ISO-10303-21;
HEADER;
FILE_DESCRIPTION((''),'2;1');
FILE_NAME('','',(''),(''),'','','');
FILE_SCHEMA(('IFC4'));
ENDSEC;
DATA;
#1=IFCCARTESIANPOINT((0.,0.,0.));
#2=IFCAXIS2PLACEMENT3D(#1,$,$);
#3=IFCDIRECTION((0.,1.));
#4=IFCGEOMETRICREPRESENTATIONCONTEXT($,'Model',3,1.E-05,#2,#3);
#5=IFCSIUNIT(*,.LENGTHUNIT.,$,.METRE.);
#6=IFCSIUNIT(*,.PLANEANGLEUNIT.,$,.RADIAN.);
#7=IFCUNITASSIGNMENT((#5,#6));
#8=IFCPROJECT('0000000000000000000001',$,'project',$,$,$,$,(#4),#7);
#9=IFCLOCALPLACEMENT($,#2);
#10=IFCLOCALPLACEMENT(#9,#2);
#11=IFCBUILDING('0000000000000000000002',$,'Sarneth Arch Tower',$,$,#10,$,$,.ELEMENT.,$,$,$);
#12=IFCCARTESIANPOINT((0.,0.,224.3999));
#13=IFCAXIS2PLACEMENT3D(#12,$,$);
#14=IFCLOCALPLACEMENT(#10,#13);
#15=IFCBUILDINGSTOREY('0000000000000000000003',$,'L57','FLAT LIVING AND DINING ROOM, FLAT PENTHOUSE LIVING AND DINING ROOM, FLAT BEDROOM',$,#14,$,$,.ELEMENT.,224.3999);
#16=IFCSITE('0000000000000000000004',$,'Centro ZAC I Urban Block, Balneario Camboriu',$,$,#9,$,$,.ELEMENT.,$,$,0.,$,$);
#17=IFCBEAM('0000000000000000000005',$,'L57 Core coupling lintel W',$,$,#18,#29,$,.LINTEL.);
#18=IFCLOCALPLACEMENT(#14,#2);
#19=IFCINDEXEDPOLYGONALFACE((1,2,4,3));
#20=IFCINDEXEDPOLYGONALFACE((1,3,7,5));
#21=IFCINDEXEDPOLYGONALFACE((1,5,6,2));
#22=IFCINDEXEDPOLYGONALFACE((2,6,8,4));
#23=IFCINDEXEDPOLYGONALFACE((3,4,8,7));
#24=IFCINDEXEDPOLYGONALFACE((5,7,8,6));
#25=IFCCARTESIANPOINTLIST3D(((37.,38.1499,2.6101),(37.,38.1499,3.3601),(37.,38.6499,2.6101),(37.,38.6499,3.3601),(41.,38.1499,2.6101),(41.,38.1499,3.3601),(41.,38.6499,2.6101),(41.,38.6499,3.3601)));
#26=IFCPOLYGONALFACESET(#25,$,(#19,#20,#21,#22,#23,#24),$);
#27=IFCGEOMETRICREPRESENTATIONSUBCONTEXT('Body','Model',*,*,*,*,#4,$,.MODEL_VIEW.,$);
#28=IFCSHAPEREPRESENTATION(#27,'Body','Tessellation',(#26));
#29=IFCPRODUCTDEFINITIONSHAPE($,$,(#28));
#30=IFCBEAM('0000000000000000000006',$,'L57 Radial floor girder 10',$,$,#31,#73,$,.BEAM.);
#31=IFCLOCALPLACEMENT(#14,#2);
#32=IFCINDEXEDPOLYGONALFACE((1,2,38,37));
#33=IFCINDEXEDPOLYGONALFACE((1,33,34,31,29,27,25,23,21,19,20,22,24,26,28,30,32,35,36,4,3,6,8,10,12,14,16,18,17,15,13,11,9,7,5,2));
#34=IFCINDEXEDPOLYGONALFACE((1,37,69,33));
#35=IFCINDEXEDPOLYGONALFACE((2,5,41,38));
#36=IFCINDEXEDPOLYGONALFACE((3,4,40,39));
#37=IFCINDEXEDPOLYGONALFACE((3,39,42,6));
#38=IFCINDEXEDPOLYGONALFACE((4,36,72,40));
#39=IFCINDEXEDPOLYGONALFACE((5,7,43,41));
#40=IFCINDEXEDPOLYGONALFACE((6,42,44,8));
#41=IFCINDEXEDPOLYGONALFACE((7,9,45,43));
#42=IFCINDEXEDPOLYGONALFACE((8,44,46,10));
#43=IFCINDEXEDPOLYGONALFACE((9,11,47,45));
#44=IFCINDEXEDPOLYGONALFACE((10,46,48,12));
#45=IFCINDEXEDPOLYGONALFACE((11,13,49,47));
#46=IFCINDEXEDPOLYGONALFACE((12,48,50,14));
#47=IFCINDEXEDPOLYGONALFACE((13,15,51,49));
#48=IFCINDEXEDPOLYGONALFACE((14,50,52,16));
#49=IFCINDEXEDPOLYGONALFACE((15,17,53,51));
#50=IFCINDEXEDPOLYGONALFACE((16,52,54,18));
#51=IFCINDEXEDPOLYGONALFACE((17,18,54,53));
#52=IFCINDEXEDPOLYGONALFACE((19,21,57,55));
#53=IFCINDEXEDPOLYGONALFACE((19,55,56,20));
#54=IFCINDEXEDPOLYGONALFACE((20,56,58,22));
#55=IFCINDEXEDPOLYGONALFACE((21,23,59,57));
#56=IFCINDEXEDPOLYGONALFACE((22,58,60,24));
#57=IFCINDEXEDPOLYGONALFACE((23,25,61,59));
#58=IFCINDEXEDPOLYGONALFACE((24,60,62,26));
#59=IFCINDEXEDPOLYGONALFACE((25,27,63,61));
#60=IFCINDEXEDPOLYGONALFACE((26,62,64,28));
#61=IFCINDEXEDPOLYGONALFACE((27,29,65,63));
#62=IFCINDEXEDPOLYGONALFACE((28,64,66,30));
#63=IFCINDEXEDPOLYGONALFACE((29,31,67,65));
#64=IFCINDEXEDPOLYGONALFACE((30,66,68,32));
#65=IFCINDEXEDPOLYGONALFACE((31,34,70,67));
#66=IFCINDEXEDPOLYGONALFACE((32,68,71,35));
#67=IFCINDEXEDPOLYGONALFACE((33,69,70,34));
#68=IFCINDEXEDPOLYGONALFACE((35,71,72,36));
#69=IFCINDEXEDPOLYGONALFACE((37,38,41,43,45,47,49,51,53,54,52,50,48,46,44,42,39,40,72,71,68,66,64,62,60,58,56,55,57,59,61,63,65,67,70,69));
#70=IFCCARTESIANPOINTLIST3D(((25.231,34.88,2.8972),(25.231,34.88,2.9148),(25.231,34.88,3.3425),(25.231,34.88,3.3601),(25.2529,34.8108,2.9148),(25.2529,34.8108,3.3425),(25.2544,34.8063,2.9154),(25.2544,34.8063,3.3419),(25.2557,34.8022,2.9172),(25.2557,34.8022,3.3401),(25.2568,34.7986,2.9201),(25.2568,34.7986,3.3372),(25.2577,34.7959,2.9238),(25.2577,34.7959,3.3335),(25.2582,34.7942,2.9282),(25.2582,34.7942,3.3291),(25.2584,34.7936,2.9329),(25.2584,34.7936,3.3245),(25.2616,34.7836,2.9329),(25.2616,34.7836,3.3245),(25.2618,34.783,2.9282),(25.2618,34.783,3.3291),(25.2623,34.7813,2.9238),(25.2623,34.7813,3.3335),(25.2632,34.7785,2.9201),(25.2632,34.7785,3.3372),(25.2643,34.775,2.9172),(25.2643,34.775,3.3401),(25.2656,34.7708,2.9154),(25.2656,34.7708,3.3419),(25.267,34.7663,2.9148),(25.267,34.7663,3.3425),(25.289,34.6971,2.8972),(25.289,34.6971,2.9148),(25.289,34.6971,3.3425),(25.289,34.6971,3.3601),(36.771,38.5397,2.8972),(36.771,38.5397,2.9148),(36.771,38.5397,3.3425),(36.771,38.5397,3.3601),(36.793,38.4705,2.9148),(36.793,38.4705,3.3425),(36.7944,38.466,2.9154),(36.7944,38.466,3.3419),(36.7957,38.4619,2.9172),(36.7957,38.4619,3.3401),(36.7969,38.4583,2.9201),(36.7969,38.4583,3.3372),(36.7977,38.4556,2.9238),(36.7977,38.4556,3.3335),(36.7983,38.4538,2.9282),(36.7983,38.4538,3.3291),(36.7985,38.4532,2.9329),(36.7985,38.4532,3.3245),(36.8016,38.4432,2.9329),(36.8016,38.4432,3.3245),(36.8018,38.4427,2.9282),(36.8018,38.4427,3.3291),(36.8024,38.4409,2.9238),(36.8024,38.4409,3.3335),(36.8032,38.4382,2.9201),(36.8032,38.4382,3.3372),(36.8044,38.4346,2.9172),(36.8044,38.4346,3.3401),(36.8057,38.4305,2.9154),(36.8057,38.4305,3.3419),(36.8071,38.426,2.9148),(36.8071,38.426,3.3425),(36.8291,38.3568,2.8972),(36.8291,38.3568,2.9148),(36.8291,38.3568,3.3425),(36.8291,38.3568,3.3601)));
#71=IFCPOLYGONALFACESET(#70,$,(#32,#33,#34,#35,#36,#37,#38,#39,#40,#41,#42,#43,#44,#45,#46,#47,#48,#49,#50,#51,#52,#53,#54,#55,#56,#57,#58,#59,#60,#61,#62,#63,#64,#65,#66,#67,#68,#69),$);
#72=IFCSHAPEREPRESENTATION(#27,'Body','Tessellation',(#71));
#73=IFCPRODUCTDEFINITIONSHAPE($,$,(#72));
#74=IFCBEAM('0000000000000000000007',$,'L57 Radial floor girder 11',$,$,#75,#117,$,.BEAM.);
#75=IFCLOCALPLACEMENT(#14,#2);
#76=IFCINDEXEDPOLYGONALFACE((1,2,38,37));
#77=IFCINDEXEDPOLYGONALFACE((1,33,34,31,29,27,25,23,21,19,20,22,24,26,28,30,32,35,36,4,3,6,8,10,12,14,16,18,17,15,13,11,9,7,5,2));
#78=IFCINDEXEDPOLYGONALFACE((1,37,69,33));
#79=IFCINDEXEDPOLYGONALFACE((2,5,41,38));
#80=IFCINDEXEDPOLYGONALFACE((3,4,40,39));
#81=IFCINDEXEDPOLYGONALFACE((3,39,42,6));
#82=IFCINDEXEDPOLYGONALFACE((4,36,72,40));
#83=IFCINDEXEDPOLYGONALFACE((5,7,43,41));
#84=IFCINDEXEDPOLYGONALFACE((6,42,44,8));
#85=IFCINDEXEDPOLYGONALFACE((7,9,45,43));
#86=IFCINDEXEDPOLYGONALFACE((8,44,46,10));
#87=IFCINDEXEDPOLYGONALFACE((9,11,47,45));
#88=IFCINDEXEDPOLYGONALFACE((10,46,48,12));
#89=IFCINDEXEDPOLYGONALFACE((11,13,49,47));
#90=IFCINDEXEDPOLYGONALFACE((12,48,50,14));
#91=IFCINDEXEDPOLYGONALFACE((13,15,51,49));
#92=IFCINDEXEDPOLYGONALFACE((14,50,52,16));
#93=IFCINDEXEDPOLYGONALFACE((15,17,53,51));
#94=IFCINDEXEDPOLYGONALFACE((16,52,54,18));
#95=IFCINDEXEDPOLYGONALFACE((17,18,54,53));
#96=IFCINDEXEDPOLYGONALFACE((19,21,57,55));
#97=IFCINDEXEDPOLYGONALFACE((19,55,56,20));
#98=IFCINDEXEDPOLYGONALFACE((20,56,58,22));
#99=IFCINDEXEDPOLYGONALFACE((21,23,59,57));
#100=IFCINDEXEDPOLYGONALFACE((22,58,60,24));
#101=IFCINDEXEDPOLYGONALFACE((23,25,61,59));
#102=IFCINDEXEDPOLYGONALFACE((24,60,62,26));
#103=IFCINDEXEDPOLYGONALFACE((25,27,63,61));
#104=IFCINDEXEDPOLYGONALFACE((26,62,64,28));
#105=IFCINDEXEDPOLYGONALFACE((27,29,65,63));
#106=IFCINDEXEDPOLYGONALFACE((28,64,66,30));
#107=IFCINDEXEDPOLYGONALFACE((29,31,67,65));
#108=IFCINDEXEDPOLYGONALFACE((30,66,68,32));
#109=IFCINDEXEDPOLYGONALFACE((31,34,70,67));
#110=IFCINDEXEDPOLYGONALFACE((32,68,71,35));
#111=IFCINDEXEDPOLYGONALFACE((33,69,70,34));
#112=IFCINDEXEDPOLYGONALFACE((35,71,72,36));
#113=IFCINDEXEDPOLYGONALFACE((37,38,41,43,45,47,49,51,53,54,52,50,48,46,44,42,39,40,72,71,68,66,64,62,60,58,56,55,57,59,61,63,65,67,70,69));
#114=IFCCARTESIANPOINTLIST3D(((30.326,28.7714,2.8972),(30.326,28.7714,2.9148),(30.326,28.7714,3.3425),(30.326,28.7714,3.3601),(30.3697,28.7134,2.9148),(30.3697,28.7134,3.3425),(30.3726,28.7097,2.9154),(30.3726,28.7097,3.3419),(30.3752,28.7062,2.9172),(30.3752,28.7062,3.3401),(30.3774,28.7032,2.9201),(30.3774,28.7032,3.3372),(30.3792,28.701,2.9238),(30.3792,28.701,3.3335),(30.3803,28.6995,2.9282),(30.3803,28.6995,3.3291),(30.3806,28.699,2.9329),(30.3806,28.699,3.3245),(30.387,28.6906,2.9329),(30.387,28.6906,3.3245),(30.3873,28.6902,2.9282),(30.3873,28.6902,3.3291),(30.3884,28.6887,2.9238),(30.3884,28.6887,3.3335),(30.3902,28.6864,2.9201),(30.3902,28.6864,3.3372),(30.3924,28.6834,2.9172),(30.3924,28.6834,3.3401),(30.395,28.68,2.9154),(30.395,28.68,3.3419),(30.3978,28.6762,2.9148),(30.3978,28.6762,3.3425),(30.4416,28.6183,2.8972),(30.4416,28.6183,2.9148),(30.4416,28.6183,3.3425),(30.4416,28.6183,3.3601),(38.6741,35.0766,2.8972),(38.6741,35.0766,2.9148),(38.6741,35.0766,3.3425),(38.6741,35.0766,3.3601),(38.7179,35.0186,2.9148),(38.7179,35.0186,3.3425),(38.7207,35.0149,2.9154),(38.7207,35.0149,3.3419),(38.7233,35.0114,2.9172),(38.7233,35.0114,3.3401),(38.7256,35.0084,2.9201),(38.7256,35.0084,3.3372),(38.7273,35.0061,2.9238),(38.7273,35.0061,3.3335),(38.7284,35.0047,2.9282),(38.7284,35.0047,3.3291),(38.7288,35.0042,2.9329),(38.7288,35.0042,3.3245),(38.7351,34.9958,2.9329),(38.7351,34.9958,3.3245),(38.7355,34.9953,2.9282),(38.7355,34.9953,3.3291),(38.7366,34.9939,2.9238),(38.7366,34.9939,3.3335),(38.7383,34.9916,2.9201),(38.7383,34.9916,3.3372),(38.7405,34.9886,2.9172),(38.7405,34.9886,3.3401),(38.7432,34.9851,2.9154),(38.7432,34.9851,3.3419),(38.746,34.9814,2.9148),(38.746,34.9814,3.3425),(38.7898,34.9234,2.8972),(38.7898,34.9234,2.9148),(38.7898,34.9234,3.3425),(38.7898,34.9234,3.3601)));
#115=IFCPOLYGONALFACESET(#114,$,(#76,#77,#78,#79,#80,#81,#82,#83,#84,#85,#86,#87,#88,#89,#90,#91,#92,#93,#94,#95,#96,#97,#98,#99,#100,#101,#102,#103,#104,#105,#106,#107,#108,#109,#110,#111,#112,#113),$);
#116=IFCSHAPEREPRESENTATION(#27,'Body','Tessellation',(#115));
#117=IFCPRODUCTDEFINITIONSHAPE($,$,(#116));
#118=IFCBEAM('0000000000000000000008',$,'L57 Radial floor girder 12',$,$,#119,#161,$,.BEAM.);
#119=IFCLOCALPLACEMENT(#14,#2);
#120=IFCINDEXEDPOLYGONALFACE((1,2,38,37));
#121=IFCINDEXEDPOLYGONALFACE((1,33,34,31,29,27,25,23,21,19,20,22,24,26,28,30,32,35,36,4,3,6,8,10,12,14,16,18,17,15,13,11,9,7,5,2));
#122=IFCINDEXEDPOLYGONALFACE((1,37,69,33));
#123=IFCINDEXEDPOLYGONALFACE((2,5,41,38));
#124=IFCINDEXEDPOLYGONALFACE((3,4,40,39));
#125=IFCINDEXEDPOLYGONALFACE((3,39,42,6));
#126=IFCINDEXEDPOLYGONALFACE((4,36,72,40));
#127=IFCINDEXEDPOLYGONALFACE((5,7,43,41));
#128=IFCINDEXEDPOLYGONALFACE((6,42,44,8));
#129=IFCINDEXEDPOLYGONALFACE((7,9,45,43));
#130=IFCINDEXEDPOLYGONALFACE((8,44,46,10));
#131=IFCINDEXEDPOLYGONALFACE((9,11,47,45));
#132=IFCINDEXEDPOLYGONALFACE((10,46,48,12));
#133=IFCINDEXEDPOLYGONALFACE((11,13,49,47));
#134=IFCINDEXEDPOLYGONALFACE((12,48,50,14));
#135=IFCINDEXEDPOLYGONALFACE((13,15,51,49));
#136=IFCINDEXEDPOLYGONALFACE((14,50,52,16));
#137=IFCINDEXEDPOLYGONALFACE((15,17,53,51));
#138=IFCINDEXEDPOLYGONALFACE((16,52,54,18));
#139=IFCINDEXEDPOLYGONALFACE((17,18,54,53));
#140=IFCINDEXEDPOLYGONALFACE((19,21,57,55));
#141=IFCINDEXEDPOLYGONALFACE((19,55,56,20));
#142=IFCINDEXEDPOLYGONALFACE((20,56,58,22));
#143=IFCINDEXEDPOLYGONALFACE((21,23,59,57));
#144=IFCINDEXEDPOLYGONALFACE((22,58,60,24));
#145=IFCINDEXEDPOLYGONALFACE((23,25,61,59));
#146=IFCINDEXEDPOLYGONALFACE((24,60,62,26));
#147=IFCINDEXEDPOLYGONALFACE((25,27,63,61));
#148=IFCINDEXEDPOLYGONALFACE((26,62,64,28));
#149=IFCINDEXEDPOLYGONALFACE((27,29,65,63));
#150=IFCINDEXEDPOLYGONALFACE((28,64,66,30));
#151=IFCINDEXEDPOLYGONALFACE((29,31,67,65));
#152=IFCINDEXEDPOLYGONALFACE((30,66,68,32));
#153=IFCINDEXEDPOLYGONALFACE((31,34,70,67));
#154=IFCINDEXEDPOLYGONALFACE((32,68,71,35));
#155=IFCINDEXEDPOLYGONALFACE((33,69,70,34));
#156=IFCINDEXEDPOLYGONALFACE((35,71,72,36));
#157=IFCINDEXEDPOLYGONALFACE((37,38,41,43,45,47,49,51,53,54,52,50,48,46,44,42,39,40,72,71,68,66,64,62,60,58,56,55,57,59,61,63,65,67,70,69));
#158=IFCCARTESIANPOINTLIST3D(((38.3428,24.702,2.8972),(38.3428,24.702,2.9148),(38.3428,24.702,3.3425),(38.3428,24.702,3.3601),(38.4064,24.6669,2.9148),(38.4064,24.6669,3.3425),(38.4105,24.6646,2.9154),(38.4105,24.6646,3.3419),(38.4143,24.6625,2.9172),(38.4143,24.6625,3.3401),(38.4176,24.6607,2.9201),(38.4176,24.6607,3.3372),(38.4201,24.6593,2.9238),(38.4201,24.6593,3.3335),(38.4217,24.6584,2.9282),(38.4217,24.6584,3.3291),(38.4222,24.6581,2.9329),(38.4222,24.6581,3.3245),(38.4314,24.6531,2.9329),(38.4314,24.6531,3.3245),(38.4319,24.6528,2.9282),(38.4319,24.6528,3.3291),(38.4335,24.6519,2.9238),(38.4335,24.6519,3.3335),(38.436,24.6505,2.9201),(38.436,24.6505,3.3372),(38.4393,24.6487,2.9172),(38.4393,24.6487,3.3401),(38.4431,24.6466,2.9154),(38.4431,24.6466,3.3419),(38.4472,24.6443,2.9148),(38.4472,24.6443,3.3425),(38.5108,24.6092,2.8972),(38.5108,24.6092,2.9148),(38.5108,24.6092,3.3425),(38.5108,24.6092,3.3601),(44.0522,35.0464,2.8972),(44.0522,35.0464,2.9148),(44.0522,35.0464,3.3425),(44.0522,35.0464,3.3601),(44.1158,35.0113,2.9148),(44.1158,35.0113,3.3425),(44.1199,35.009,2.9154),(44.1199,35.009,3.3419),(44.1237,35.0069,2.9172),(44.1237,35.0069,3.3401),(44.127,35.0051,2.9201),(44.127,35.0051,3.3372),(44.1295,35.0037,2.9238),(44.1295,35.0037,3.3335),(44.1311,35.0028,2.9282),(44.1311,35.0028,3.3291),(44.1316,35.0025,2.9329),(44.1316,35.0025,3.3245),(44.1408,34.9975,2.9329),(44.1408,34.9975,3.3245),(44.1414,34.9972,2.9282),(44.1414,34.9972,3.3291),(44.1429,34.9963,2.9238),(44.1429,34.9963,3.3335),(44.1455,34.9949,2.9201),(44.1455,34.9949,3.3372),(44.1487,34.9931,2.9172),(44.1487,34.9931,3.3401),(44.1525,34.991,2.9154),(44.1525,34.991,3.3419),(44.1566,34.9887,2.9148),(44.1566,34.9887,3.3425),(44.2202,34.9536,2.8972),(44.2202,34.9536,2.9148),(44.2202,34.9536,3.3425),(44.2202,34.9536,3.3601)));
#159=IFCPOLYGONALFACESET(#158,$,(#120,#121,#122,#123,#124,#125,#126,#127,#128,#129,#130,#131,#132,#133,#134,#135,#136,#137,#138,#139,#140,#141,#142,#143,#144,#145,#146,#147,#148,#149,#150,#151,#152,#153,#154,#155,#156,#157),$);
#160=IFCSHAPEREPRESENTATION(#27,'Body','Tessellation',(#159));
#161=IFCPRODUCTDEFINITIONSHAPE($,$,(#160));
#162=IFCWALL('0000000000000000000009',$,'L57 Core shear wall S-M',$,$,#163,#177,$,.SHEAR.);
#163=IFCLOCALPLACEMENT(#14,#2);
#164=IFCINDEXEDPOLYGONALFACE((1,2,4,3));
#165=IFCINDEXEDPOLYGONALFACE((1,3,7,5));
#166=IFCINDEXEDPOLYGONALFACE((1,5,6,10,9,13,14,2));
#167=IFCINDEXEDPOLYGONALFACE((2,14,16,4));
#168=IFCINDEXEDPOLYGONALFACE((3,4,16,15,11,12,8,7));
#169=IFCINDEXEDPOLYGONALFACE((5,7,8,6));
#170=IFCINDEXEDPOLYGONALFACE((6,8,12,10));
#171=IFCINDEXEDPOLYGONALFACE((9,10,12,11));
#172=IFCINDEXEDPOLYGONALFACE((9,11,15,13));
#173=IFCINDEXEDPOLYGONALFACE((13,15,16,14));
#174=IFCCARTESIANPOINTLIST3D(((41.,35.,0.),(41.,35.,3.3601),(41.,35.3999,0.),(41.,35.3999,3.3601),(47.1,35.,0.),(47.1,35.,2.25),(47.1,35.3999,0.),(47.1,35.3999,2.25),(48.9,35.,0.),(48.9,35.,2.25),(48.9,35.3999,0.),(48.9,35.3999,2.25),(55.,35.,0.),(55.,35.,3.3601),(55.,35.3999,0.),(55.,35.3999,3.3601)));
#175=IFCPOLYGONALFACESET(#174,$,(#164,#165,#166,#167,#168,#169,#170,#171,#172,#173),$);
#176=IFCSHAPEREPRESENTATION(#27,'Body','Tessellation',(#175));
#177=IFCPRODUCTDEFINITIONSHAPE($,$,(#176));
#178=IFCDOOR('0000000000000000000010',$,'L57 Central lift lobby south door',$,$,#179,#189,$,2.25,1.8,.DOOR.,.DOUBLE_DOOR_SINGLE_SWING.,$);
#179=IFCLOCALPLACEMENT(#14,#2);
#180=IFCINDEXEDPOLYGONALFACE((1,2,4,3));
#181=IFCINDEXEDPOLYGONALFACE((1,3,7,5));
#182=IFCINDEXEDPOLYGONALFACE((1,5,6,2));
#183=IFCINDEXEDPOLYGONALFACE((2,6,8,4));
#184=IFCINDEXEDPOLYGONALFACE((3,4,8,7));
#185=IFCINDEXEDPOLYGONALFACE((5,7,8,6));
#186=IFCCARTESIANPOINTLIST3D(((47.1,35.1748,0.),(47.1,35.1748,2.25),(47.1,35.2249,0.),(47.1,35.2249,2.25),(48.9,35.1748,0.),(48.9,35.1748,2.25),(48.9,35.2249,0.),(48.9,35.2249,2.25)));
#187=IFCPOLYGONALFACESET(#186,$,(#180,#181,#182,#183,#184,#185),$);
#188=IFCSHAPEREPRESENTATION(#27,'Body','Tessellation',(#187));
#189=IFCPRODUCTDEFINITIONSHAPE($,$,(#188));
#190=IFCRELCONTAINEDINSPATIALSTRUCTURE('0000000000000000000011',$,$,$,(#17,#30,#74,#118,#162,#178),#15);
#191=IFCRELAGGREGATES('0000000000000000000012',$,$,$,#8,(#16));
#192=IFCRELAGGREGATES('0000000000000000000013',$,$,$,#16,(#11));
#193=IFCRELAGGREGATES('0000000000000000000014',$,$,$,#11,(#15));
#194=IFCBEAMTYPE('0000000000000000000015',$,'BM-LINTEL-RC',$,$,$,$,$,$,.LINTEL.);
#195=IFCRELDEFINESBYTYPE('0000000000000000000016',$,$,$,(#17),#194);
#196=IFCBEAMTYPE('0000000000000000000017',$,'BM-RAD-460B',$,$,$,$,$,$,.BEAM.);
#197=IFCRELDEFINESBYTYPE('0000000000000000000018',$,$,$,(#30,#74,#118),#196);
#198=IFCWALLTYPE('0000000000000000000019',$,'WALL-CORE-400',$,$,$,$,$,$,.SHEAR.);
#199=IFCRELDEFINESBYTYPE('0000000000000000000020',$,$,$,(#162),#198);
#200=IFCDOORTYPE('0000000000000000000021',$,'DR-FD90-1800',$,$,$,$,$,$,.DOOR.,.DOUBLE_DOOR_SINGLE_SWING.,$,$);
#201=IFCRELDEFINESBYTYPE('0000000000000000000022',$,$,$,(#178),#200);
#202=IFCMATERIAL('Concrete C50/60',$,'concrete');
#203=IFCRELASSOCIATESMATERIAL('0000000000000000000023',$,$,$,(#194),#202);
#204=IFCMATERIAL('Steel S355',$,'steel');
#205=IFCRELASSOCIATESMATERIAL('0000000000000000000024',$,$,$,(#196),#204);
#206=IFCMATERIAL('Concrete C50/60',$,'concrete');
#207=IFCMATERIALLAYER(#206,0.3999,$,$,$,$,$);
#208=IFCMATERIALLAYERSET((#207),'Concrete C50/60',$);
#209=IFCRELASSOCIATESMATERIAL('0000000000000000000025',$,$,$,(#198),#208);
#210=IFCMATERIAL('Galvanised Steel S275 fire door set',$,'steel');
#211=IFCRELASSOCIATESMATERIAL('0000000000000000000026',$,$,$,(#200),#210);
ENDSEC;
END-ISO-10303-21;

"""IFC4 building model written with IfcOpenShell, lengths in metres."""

from ifc_helpers import new_model, si_unit, direction, frame, frame_2d, origin, origin_2d, place, context, subcontext, project, spatial, rectangle, i_section, extrude, material, layer, layer_set, material_profile, profile_set, type_object, element, fill, save


model = new_model("IFC4")

# Units and contexts
model_context = context("Model", 3, precision=1e-05, world=origin(), true_north=direction((0.0, 1.0)))
body_context = subcontext(model_context, "Body", "Model", "MODEL_VIEW")
ifc_project = project(units=[si_unit("LENGTHUNIT", "METRE"), si_unit("PLANEANGLEUNIT", "RADIAN")], contexts=[model_context])

# Site, building, storey
site_placement = place(None, origin())
site = spatial("IfcSite", under=ifc_project, at=site_placement, Name="Centro ZAC I Urban Block, Balneario Camboriu", CompositionType="ELEMENT", RefElevation=0.0)
building_placement = place(site_placement, origin())
building = spatial("IfcBuilding", under=site, at=building_placement, Name="Sarneth Arch Tower", CompositionType="ELEMENT")
storey_placement = place(building_placement, frame((0.0, 0.0, 224.3999)))
storey = spatial("IfcBuildingStorey", under=building, at=storey_placement, Name="L57", Description="FLAT LIVING AND DINING ROOM, FLAT PENTHOUSE LIVING AND DINING ROOM, FLAT BEDROOM", CompositionType="ELEMENT", Elevation=224.3999)

# Beams
ifc_material_1 = material(Name="Concrete C50/60", Category="concrete")
ifc_material_profile_1 = material_profile(ifc_material_1, rectangle(XDim=0.5, YDim=0.75, at=origin_2d()), Name="RC-500x750")
ifc_profile_set_1 = profile_set([ifc_material_profile_1], Name="Concrete C50/60")
beam_type_1 = type_object("IfcBeamType", Name="BM-LINTEL-RC", PredefinedType="LINTEL", material=ifc_profile_set_1)
beam_1_placement = place(storey_placement, frame((37.0, 38.3999, 2.9851), z_axis=(1.0, 0.0, 0.0), x_axis=(0.0, 1.0, 0.0)))
element("IfcBeam", 1, at=beam_1_placement, inside=storey, type_object=beam_type_1, Name="L57 Core coupling lintel W", PredefinedType="LINTEL", context=body_context, shape_type="SweptSolid", body=[
    extrude(rectangle(XDim=0.5, YDim=0.75, at=origin_2d()), origin(), (0.0, 0.0, 1.0), 4.0),
])
ifc_material_2 = material(Name="Steel S355", Category="steel")
ifc_material_profile_2 = material_profile(ifc_material_2, i_section(OverallWidth=0.1919, OverallDepth=0.4629, WebThickness=0.0105, FlangeThickness=0.0176, FilletRadius=0.0181, at=origin_2d()), Name="W460x89")
ifc_profile_set_2 = profile_set([ifc_material_profile_2], Name="Steel S355")
beam_type_2 = type_object("IfcBeamType", Name="BM-RAD-460B", PredefinedType="BEAM", material=ifc_profile_set_2)
beam_2_placement = place(storey_placement, frame((36.8, 38.4482, 3.1287), z_axis=(-0.953216, -0.302291, 0.0), x_axis=(0.302291, -0.953216, 0.0)))
element("IfcBeam", 2, at=beam_2_placement, inside=storey, type_object=beam_type_2, Name="L57 Radial floor girder 10", PredefinedType="BEAM", context=body_context, shape_type="SweptSolid", body=[
    extrude(i_section(OverallWidth=0.1919, OverallDepth=0.4629, WebThickness=0.0105, FlangeThickness=0.0176, FilletRadius=0.0181, at=origin_2d()), origin(), (0.0, 0.0, 1.0), 12.1064),
])
beam_3_placement = place(storey_placement, frame((38.7319, 35.0, 3.1287), z_axis=(-0.797974, -0.602692, 0.0), x_axis=(0.602692, -0.797974, 0.0)))
element("IfcBeam", 3, at=beam_3_placement, inside=storey, type_object=beam_type_2, Name="L57 Radial floor girder 11", PredefinedType="BEAM", context=body_context, shape_type="SweptSolid", body=[
    extrude(i_section(OverallWidth=0.1919, OverallDepth=0.4629, WebThickness=0.0105, FlangeThickness=0.0176, FilletRadius=0.0181, at=origin_2d()), origin(), (0.0, 0.0, 1.0), 10.4617),
])
beam_4_placement = place(storey_placement, frame((44.1362, 35.0, 3.1287), z_axis=(-0.483218, -0.8755, 0.0), x_axis=(0.8755, -0.483218, 0.0)))
element("IfcBeam", 4, at=beam_4_placement, inside=storey, type_object=beam_type_2, Name="L57 Radial floor girder 12", PredefinedType="BEAM", context=body_context, shape_type="SweptSolid", body=[
    extrude(i_section(OverallWidth=0.1919, OverallDepth=0.4629, WebThickness=0.0105, FlangeThickness=0.0176, FilletRadius=0.0181, at=origin_2d()), origin(), (0.0, 0.0, 1.0), 11.8154),
])

# Wall, opening, door
ifc_material_3 = material(Name="Concrete C50/60", Category="concrete")
ifc_layer_1 = layer(ifc_material_3, 0.3999)
ifc_layer_set_1 = layer_set([ifc_layer_1], Name="Concrete C50/60")
wall_type_1 = type_object("IfcWallType", Name="WALL-CORE-400", PredefinedType="SHEAR", material=ifc_layer_set_1)
wall_1_placement = place(storey_placement, frame((41.0, 35.2, 0.0), z_axis=(0.0, 0.0, 1.0), x_axis=(1.0, 0.0, 0.0)))
wall_1 = element("IfcWall", 5, at=wall_1_placement, inside=storey, type_object=wall_type_1, Name="L57 Core shear wall S-M", PredefinedType="SHEAR", context=body_context, shape_type="SweptSolid", body=[
    extrude(rectangle(XDim=14.0, YDim=0.3999, at=frame_2d((7.0, 0.0))), origin(), (0.0, 0.0, 1.0), 3.3601),
])
opening_1_placement = place(wall_1_placement, frame((6.1001, 0.0, 0.0)))
opening_1 = element("IfcOpeningElement", 6, at=opening_1_placement, cuts=wall_1, PredefinedType="OPENING", context=body_context, shape_type="SweptSolid", body=[
    extrude(rectangle(XDim=1.8, YDim=2.25, at=frame_2d((0.8999, 1.125))), frame((0.0, 0.21, 0.0), z_axis=(0.0, -1.0, 0.0), x_axis=(1.0, 0.0, 0.0)), (0.0, 0.0, 1.0), 0.4199),
])
ifc_material_4 = material(Name="Galvanised Steel S275 fire door set", Category="steel")
door_type_1 = type_object("IfcDoorType", Name="DR-FD90-1800", OperationType="DOUBLE_DOOR_SINGLE_SWING", PredefinedType="DOOR", material=ifc_material_4)
door_1_placement = place(opening_1_placement, origin())
door_1 = element("IfcDoor", 7, at=door_1_placement, inside=storey, type_object=door_type_1, Name="L57 Central lift lobby south door", OperationType="DOUBLE_DOOR_SINGLE_SWING", OverallHeight=2.25, OverallWidth=1.8, PredefinedType="DOOR", context=body_context, shape_type="SweptSolid", body=[
    extrude(rectangle(XDim=1.8, YDim=2.25, at=frame_2d((0.8999, 1.125))), frame((0.0, 0.0249, 0.0), z_axis=(0.0, -1.0, 0.0), x_axis=(1.0, 0.0, 0.0)), (0.0, 0.0, 1.0), 0.05),
])
fill(opening_1, door_1)

save(model, "model.ifc")
